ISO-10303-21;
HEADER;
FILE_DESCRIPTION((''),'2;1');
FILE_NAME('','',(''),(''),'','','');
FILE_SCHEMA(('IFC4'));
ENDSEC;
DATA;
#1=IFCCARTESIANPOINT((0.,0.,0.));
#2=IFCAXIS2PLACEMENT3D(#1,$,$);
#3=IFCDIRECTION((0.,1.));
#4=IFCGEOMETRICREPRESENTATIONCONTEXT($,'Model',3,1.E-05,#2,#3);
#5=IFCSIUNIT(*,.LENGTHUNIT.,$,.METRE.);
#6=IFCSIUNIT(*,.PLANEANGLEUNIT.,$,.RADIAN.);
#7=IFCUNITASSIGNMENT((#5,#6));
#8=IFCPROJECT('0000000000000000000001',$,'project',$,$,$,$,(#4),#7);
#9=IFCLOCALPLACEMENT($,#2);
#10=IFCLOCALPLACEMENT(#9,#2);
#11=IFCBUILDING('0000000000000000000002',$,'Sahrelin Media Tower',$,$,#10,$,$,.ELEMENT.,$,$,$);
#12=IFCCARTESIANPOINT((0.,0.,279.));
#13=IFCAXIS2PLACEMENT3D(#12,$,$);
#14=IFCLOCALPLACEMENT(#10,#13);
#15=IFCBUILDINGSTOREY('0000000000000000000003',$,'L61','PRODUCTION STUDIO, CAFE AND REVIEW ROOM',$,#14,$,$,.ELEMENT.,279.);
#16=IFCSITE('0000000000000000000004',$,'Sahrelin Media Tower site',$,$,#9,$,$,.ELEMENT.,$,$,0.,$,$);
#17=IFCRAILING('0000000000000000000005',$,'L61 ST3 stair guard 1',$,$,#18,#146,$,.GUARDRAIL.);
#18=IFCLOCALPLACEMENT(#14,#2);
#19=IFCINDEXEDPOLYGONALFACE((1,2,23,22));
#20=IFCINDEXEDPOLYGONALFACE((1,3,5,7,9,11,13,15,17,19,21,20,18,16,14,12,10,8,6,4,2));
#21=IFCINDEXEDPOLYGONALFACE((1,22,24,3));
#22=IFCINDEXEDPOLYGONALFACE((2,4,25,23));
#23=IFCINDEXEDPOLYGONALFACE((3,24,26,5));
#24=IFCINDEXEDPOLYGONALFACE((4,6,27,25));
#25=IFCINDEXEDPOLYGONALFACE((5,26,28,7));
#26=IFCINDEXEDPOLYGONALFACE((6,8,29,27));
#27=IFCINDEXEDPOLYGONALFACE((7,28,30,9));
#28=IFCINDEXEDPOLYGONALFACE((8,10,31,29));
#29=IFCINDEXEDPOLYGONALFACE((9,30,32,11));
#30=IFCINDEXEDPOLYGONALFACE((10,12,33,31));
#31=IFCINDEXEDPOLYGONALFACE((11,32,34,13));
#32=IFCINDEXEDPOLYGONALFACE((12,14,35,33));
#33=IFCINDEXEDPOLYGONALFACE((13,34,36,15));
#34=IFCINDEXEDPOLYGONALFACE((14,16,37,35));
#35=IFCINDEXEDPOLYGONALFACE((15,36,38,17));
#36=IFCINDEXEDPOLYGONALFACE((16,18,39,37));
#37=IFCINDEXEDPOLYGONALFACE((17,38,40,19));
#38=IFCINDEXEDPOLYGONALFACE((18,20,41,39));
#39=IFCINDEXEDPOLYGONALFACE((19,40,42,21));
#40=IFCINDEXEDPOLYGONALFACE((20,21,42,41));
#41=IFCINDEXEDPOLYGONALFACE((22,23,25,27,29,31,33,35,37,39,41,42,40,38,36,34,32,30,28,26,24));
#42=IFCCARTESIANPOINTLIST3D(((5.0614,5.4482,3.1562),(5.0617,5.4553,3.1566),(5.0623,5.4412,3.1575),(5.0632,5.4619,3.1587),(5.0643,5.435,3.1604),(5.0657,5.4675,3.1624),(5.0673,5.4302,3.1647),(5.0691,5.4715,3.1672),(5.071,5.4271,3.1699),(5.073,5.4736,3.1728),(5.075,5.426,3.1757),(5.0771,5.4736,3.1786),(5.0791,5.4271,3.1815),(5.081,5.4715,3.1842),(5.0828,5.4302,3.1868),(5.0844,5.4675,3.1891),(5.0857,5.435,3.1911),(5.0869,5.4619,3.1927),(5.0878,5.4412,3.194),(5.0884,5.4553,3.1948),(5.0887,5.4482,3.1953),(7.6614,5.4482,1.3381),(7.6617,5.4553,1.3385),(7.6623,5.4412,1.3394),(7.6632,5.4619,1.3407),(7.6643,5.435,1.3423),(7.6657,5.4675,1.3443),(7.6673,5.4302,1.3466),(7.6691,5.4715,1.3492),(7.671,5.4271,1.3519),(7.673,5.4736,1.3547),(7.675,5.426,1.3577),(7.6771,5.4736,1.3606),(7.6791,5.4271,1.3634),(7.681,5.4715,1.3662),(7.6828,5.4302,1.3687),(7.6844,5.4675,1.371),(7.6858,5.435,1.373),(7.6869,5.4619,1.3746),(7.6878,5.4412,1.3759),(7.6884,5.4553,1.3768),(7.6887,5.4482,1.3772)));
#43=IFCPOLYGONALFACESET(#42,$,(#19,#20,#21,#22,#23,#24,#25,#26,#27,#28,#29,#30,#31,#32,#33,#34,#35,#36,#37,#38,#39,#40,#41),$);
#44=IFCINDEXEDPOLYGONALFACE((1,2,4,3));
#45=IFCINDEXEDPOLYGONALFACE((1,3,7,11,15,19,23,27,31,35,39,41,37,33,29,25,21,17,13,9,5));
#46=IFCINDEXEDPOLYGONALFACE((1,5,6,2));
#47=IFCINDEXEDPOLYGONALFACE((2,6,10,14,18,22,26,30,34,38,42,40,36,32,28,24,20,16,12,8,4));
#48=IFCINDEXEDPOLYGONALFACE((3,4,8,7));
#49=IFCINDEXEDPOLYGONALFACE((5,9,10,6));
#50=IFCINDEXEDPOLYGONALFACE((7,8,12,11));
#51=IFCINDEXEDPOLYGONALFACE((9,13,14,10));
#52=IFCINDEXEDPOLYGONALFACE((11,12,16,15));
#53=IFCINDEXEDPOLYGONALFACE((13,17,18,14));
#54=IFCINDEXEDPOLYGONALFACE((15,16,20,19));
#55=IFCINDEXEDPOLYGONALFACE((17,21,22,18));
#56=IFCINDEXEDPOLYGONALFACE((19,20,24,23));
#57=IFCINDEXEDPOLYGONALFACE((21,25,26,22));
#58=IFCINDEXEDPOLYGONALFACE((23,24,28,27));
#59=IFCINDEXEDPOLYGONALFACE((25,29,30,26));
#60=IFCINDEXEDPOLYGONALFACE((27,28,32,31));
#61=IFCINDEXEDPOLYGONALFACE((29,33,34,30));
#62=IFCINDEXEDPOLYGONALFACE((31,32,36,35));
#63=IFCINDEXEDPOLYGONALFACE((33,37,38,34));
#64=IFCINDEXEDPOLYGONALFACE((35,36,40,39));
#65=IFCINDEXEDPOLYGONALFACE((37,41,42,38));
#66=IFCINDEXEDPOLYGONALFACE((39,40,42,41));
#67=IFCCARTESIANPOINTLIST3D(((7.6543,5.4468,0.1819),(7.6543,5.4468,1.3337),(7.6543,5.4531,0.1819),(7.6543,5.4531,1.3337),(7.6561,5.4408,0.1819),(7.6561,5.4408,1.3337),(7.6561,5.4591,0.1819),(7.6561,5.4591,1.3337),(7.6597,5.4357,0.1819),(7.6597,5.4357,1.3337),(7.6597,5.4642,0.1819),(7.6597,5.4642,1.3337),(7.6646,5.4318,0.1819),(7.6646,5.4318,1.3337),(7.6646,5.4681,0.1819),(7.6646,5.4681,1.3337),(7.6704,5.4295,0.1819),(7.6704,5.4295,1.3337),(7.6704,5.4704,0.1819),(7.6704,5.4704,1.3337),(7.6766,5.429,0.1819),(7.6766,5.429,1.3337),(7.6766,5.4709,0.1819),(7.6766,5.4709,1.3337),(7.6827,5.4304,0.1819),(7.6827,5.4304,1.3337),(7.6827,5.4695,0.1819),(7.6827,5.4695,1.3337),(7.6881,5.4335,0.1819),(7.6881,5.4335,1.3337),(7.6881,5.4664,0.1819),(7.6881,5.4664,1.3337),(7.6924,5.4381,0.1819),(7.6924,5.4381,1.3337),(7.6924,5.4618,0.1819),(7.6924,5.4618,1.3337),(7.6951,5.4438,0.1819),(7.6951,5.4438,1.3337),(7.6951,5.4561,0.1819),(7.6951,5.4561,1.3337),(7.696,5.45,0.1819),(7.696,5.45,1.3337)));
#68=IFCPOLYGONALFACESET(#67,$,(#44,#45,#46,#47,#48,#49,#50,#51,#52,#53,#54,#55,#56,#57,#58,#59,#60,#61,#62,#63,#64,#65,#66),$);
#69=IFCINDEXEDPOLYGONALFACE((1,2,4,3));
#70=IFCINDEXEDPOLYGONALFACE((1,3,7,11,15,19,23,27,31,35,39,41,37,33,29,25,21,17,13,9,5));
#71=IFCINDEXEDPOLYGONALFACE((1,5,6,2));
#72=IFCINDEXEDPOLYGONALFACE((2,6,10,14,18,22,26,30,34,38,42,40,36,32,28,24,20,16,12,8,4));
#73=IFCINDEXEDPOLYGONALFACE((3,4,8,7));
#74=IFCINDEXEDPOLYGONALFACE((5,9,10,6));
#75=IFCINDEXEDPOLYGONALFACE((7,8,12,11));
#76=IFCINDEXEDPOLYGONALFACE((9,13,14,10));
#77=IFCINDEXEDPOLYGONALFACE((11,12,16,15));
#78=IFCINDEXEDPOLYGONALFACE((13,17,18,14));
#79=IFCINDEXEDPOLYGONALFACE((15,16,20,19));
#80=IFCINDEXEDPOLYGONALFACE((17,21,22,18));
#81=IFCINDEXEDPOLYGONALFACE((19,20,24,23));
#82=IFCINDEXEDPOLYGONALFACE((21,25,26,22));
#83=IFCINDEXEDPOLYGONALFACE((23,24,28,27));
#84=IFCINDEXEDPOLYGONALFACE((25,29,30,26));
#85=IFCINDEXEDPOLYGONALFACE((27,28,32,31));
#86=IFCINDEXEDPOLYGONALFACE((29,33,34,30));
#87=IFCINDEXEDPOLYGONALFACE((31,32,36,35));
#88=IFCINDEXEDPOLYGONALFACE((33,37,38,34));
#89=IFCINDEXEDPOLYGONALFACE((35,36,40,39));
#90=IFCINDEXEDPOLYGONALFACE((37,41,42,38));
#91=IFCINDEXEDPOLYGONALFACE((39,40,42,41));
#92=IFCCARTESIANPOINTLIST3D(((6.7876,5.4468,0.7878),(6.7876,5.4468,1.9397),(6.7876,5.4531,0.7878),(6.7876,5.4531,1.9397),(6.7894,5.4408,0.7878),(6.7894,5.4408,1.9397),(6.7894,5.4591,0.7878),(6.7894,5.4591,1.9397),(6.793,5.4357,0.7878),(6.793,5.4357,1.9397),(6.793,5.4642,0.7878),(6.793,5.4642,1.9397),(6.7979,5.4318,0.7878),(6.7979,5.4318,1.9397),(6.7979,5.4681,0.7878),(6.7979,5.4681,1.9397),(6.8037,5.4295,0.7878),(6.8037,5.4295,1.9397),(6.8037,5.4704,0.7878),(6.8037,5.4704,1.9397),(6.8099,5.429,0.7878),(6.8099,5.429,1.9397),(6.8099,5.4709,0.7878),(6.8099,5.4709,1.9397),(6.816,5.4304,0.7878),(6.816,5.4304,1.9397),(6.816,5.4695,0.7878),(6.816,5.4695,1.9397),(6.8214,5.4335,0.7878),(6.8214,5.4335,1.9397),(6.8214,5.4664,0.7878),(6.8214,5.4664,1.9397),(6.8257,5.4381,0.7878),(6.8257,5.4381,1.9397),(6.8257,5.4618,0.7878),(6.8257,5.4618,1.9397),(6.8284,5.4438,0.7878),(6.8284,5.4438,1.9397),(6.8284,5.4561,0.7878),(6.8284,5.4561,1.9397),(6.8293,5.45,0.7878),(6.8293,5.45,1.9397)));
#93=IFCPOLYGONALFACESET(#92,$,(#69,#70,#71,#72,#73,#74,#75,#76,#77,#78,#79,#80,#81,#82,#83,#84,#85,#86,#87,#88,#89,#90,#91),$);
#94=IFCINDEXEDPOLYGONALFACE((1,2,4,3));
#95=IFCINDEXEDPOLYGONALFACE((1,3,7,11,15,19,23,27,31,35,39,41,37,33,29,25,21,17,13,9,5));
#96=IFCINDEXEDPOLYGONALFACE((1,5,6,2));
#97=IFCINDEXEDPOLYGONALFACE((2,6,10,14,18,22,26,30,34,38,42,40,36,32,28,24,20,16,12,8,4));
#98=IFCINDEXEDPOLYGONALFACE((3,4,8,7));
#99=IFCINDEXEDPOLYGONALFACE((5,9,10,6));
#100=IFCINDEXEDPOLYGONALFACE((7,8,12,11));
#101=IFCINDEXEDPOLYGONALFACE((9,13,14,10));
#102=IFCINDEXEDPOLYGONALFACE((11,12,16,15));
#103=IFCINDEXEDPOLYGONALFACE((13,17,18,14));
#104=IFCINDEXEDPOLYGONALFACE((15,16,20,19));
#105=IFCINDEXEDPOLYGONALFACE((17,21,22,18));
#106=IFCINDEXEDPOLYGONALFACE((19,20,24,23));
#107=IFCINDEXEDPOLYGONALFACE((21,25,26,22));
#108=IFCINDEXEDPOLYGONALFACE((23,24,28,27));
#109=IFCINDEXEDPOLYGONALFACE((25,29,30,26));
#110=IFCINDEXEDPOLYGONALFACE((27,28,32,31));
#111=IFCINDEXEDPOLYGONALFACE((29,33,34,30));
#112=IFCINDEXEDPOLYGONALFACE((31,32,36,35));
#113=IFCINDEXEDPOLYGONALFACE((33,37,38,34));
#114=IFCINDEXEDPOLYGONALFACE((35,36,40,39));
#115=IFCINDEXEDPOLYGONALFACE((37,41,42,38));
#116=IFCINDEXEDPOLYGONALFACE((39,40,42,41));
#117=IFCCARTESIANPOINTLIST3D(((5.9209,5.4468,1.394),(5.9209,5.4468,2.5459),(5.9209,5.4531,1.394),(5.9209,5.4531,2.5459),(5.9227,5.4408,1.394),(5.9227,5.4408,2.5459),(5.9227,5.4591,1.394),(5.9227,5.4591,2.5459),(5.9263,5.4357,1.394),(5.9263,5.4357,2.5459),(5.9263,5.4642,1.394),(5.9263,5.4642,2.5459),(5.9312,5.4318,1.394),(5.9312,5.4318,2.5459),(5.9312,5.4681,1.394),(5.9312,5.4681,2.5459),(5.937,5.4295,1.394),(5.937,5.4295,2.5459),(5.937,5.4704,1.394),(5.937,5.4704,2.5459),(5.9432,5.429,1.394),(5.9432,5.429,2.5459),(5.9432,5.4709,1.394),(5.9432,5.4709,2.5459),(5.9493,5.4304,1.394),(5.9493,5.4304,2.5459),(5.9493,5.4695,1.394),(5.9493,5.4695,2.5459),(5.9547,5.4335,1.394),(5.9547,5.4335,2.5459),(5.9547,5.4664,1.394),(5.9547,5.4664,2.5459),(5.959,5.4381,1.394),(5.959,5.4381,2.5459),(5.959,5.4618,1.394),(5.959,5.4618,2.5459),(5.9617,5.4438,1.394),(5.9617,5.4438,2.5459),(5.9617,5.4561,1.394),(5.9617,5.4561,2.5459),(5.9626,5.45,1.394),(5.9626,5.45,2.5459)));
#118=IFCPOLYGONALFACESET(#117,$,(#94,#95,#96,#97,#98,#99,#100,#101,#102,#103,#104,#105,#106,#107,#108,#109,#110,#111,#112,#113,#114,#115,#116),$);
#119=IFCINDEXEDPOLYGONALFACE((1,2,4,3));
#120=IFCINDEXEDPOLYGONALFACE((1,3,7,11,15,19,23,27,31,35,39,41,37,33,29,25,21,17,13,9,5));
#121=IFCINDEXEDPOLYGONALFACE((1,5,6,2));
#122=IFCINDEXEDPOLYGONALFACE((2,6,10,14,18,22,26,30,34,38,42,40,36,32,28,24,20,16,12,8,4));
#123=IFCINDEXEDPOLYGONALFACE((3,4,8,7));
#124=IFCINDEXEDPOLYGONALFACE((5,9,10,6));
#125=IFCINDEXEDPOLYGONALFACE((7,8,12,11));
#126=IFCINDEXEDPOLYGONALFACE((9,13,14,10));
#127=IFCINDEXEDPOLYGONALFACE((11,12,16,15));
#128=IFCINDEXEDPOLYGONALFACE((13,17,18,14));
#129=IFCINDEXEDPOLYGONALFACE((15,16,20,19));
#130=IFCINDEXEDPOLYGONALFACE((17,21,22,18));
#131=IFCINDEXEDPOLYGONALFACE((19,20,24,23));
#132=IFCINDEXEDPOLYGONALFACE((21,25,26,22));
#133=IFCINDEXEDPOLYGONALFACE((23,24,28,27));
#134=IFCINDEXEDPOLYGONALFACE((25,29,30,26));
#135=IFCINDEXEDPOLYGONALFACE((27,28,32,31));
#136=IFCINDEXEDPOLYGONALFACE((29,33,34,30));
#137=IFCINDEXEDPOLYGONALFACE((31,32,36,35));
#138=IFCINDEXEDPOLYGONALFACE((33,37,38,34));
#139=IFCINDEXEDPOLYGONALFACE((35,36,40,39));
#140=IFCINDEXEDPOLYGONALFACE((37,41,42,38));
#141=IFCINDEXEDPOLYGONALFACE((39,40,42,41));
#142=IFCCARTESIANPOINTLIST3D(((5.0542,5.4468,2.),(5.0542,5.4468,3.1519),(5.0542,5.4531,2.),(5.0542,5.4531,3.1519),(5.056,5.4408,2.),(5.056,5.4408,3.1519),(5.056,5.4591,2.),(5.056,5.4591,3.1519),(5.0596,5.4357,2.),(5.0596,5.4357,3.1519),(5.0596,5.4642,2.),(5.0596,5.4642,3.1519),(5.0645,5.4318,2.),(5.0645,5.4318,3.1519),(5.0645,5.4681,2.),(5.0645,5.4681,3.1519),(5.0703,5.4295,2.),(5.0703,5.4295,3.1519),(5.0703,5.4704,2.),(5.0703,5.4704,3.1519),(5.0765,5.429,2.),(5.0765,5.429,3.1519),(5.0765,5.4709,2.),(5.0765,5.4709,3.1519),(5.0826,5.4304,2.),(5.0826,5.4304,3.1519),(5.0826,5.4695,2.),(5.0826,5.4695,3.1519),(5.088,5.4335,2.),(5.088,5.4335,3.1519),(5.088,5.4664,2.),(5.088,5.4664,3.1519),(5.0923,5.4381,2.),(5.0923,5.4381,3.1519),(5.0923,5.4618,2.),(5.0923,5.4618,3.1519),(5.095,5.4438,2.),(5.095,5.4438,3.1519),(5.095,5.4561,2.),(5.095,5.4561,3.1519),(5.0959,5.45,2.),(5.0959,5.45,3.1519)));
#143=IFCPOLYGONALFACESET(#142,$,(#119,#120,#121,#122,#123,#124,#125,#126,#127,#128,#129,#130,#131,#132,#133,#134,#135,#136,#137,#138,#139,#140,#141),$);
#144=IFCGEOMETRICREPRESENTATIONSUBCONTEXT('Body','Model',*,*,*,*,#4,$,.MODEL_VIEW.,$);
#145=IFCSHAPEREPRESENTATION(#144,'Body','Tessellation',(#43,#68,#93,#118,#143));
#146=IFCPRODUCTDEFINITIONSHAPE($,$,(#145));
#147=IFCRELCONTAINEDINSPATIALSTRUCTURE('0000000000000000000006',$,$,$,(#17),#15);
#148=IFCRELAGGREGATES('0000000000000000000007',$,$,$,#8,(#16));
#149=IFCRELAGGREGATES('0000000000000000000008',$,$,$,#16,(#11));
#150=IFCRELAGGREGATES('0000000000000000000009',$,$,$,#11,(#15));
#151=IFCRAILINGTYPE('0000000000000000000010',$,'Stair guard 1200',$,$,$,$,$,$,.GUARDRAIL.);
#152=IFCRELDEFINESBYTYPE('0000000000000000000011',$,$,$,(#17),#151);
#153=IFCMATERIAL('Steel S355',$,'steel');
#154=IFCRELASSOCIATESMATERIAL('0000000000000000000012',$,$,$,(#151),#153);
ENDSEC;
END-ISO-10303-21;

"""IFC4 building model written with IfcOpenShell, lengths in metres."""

from ifc_helpers import new_model, si_unit, direction, frame, origin, origin_2d, place, context, subcontext, project, spatial, circle, extrude, material, type_object, element, save


model = new_model("IFC4")

# Units and contexts
model_context = context("Model", 3, precision=1e-05, world=origin(), true_north=direction((0.0, 1.0)))
body_context = subcontext(model_context, "Body", "Model", "MODEL_VIEW")
ifc_project = project(units=[si_unit("LENGTHUNIT", "METRE"), si_unit("PLANEANGLEUNIT", "RADIAN")], contexts=[model_context])

# Site, building, storey
site_placement = place(None, origin())
site = spatial("IfcSite", under=ifc_project, at=site_placement, Name="Sahrelin Media Tower site", CompositionType="ELEMENT", RefElevation=0.0)
building_placement = place(site_placement, origin())
building = spatial("IfcBuilding", under=site, at=building_placement, Name="Sahrelin Media Tower", CompositionType="ELEMENT")
storey_placement = place(building_placement, frame((0.0, 0.0, 279.0)))
storey = spatial("IfcBuildingStorey", under=building, at=storey_placement, Name="L61", Description="PRODUCTION STUDIO, CAFE AND REVIEW ROOM", CompositionType="ELEMENT", Elevation=279.0)

# Shared definitions
ifc_material_1 = material(Name="Steel S355", Category="steel")

# Railing
railing_type_1 = type_object("IfcRailingType", Name="Stair guard 1200", PredefinedType="GUARDRAIL", material=ifc_material_1)
railing_1_placement = place(storey_placement, frame((7.675, 5.45, 0.1819)))
element("IfcRailing", 1, at=railing_1_placement, inside=storey, type_object=railing_type_1, Name="L61 ST3 stair guard 1", PredefinedType="GUARDRAIL", context=body_context, shape_type="SweptSolid", body=[
    extrude(circle(Radius=0.0239, at=origin_2d()), frame((0.0, 0.0, 1.1758), z_axis=(-0.819521, 0.0, 0.573049), x_axis=(0.0, -1.0, 0.0)), (0.0, 0.0, 1.0), 3.1726),
    extrude(circle(Radius=0.021, at=origin_2d()), origin(), (0.0, 0.0, 1.0), 1.1519),
    extrude(circle(Radius=0.021, at=origin_2d()), frame((-0.8667, 0.0, 0.606)), (0.0, 0.0, 1.0), 1.1519),
    extrude(circle(Radius=0.021, at=origin_2d()), frame((-1.7334, 0.0, 1.2122)), (0.0, 0.0, 1.0), 1.1519),
    extrude(circle(Radius=0.021, at=origin_2d()), frame((-2.6001, 0.0, 1.8181)), (0.0, 0.0, 1.0), 1.1519),
])

save(model, "model.ifc")
